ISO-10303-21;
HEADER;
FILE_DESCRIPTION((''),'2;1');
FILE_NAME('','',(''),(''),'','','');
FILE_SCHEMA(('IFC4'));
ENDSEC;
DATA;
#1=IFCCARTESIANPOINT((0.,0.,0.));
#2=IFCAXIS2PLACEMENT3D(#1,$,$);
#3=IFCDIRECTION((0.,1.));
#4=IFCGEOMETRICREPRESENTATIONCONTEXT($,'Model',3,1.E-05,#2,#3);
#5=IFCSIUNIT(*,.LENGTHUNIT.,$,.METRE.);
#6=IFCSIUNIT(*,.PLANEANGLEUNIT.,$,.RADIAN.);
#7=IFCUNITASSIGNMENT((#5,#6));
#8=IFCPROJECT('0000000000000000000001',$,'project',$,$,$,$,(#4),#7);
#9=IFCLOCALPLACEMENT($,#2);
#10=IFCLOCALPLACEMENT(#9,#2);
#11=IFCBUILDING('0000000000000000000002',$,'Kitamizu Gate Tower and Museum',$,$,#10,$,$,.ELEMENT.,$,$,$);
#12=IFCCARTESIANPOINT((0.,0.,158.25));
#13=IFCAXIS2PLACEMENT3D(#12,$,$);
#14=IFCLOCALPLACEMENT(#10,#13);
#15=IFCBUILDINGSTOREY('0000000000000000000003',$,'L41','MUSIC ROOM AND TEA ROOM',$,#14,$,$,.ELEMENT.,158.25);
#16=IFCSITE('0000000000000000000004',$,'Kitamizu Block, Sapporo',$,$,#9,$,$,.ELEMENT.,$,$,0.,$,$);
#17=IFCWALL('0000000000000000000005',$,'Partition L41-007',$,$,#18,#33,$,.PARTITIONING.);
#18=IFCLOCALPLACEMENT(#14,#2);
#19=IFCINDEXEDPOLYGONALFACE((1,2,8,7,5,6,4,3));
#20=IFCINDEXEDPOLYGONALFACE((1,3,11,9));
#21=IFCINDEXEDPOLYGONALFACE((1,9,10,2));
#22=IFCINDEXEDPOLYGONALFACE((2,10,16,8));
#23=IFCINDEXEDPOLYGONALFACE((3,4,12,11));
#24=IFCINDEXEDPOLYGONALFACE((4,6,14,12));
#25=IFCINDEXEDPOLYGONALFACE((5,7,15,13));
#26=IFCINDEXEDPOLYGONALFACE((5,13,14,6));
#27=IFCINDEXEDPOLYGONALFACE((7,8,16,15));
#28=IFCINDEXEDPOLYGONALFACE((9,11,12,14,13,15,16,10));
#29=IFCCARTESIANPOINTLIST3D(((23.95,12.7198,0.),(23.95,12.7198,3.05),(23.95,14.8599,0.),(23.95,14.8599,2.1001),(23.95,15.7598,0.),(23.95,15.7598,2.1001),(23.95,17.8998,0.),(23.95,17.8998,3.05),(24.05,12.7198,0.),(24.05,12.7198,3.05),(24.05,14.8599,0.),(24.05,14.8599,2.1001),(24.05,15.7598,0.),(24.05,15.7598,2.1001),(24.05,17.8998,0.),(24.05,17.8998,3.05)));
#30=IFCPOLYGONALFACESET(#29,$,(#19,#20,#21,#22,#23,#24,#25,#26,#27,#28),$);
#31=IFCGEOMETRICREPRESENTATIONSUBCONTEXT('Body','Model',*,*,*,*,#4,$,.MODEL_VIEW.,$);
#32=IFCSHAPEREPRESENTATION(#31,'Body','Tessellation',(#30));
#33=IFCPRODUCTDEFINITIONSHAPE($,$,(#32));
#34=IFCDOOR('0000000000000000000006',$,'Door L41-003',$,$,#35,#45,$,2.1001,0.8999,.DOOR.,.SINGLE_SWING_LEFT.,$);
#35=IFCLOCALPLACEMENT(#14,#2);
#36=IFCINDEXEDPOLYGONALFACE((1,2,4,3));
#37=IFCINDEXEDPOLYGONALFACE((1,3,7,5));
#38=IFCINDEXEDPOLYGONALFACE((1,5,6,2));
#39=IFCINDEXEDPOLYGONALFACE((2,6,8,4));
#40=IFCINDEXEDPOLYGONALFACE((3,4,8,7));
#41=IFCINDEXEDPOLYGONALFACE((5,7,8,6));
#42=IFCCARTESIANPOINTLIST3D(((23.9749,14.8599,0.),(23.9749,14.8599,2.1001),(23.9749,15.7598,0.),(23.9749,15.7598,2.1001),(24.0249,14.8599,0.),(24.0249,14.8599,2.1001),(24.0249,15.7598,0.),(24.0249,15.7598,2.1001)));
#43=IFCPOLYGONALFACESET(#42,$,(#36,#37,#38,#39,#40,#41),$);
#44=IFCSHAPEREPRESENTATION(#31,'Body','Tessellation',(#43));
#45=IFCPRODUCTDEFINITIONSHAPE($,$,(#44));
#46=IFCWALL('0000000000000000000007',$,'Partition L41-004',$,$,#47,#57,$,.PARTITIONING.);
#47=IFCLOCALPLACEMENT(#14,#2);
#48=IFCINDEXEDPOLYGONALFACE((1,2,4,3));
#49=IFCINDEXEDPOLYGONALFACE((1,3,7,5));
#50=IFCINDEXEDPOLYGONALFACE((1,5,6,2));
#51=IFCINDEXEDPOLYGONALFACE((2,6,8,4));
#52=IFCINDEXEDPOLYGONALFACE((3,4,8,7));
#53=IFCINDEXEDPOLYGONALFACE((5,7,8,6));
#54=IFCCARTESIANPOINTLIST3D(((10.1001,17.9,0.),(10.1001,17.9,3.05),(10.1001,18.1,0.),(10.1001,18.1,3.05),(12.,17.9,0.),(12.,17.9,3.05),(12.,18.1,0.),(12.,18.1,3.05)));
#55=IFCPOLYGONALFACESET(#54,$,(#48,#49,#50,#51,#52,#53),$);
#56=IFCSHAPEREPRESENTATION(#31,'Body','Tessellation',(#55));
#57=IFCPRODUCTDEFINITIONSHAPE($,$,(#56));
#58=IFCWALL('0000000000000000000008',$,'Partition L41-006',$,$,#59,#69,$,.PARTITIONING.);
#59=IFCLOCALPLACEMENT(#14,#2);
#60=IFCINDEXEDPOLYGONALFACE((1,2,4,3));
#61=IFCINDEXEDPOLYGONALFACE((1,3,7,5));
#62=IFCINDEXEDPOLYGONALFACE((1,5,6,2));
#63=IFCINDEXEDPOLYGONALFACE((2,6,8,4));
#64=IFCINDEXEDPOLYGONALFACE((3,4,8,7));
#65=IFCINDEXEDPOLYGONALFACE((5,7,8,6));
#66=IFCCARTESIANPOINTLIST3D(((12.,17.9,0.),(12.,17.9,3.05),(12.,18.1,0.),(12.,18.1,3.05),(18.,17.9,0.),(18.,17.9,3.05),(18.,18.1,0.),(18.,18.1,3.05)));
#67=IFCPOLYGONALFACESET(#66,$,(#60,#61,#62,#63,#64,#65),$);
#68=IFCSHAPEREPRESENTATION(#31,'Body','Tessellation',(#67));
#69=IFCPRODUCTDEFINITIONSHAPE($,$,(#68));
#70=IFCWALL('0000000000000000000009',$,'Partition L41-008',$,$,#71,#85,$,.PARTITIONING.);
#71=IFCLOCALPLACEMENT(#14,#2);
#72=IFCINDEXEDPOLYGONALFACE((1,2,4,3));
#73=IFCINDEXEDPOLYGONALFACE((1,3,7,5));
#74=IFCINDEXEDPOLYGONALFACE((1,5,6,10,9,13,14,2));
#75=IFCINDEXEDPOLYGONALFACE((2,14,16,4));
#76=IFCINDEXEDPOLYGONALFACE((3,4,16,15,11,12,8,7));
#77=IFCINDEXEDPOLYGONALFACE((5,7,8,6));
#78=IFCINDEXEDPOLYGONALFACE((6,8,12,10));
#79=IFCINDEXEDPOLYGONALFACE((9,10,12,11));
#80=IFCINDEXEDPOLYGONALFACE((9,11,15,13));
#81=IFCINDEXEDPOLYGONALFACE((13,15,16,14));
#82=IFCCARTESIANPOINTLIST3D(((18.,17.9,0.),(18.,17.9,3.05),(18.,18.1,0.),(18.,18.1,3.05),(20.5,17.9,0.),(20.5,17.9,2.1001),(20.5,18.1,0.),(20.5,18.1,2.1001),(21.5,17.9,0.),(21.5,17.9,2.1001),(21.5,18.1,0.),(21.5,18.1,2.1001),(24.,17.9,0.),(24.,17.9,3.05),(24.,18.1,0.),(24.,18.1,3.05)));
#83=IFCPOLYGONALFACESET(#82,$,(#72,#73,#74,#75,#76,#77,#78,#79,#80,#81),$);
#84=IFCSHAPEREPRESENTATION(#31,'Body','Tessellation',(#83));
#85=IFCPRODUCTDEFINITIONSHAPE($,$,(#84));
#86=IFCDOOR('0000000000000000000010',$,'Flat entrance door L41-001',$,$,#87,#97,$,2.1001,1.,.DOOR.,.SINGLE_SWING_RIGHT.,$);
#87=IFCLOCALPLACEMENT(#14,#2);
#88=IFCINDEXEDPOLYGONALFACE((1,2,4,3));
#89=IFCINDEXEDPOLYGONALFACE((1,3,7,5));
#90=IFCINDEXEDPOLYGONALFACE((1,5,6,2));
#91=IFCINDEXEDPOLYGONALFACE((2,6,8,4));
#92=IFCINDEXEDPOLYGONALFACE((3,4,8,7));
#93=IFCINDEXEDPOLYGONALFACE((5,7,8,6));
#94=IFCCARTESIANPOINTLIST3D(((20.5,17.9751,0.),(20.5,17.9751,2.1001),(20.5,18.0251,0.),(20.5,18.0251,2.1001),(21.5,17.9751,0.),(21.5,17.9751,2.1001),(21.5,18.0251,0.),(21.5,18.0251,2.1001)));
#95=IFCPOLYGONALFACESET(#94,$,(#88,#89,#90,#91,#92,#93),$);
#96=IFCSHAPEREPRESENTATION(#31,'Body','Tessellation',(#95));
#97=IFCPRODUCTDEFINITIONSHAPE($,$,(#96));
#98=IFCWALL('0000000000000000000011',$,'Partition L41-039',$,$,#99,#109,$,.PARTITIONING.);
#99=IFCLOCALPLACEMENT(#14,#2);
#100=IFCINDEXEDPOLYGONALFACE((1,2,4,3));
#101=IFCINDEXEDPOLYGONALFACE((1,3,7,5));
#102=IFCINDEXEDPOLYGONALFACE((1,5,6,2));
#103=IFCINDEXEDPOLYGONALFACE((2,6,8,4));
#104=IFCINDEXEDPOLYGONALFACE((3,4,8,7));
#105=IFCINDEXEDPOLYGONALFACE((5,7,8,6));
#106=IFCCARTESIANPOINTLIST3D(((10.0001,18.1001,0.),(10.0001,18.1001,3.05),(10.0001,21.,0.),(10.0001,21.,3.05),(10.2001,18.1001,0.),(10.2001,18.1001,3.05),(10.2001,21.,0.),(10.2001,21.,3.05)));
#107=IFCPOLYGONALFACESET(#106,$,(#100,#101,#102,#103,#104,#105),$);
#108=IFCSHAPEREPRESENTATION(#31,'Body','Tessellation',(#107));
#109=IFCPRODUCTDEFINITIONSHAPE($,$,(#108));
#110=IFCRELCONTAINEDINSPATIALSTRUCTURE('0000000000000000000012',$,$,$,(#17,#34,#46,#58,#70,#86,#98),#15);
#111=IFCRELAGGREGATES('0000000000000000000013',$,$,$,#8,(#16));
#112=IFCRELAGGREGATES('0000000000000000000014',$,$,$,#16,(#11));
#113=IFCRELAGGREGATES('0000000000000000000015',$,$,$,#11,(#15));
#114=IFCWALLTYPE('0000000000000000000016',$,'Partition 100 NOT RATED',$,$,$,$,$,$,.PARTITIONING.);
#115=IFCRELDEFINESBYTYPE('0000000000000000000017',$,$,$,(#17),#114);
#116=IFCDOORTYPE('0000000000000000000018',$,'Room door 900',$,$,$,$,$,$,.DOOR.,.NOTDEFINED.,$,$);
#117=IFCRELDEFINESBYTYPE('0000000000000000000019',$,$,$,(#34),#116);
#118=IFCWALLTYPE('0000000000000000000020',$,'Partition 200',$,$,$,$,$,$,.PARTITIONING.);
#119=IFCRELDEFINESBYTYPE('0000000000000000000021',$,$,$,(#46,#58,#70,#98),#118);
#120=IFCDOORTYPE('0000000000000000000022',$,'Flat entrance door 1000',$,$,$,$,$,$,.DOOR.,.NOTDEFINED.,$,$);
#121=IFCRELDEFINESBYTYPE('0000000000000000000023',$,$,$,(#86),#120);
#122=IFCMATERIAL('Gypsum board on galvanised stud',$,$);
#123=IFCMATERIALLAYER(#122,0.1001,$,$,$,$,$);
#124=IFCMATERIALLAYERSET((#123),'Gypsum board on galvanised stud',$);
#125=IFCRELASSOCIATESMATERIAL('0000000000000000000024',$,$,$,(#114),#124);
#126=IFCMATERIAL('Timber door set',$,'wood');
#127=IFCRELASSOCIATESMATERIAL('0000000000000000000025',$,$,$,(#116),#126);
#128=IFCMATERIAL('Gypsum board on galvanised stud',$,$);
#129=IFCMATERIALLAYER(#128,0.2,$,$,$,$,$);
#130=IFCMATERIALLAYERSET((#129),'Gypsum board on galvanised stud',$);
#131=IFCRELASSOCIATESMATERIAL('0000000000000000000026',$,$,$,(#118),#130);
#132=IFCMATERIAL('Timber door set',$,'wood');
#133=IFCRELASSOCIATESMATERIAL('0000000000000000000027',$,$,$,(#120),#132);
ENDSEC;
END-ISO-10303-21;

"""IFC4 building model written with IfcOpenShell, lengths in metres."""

from ifc_helpers import new_model, si_unit, direction, frame, frame_2d, origin, place, context, subcontext, project, spatial, rectangle, extrude, material, layer, layer_set, type_object, element, fill, save


model = new_model("IFC4")

# Units and contexts
model_context = context("Model", 3, precision=1e-05, world=origin(), true_north=direction((0.0, 1.0)))
body_context = subcontext(model_context, "Body", "Model", "MODEL_VIEW")
ifc_project = project(units=[si_unit("LENGTHUNIT", "METRE"), si_unit("PLANEANGLEUNIT", "RADIAN")], contexts=[model_context])

# Site, building, storey
site_placement = place(None, origin())
site = spatial("IfcSite", under=ifc_project, at=site_placement, Name="Kitamizu Block, Sapporo", CompositionType="ELEMENT", RefElevation=0.0)
building_placement = place(site_placement, origin())
building = spatial("IfcBuilding", under=site, at=building_placement, Name="Kitamizu Gate Tower and Museum", CompositionType="ELEMENT")
storey_placement = place(building_placement, frame((0.0, 0.0, 158.25)))
storey = spatial("IfcBuildingStorey", under=building, at=storey_placement, Name="L41", Description="MUSIC ROOM AND TEA ROOM", CompositionType="ELEMENT", Elevation=158.25)

# Wall, opening, door
ifc_material_1 = material(Name="Gypsum board on galvanised stud")
ifc_layer_1 = layer(ifc_material_1, 0.1001)
ifc_layer_set_1 = layer_set([ifc_layer_1], Name="Gypsum board on galvanised stud")
wall_type_1 = type_object("IfcWallType", Name="Partition 100 NOT RATED", PredefinedType="PARTITIONING", material=ifc_layer_set_1)
ifc_material_2 = material(Name="Timber door set", Category="wood")
door_type_1 = type_object("IfcDoorType", Name="Room door 900", OperationType="NOTDEFINED", PredefinedType="DOOR", material=ifc_material_2)
wall_1_placement = place(storey_placement, frame((24.0, 12.72, 0.0), z_axis=(0.0, 0.0, 1.0), x_axis=(0.0, 1.0, 0.0)))
wall_1 = element("IfcWall", 1, at=wall_1_placement, inside=storey, type_object=wall_type_1, Name="Partition L41-007", PredefinedType="PARTITIONING", context=body_context, shape_type="SweptSolid", body=[
    extrude(rectangle(XDim=5.1799, YDim=0.1001, at=frame_2d((2.5898, 0.0))), origin(), (0.0, 0.0, 1.0), 3.05),
])
opening_1_placement = place(wall_1_placement, frame((2.1399, 0.0, 0.0)))
opening_1 = element("IfcOpeningElement", 2, at=opening_1_placement, cuts=wall_1, PredefinedType="OPENING", context=body_context, shape_type="SweptSolid", body=[
    extrude(rectangle(XDim=0.8999, YDim=2.1001, at=frame_2d((0.45, 1.05))), frame((0.0, 0.0601, 0.0), z_axis=(0.0, -1.0, 0.0), x_axis=(1.0, 0.0, 0.0)), (0.0, 0.0, 1.0), 0.1201),
])
door_1_placement = place(opening_1_placement, frame((0.8999, 0.0, 0.0), x_axis=(-1.0, 0.0, 0.0)))
door_1 = element("IfcDoor", 3, at=door_1_placement, inside=storey, type_object=door_type_1, Name="Door L41-003", OperationType="SINGLE_SWING_LEFT", OverallHeight=2.1001, OverallWidth=0.8999, PredefinedType="DOOR", context=body_context, shape_type="SweptSolid", body=[
    extrude(rectangle(XDim=0.8999, YDim=2.1001, at=frame_2d((0.45, 1.05))), frame((0.0, 0.0249, 0.0), z_axis=(0.0, -1.0, 0.0), x_axis=(1.0, 0.0, 0.0)), (0.0, 0.0, 1.0), 0.05),
])
fill(opening_1, door_1)

# Walls
ifc_material_3 = material(Name="Gypsum board on galvanised stud")
ifc_layer_2 = layer(ifc_material_3, 0.2)
ifc_layer_set_2 = layer_set([ifc_layer_2], Name="Gypsum board on galvanised stud")
wall_type_2 = type_object("IfcWallType", Name="Partition 200", PredefinedType="PARTITIONING", material=ifc_layer_set_2)
wall_2_placement = place(storey_placement, frame((12.0, 18.0, 0.0), z_axis=(0.0, 0.0, 1.0), x_axis=(-1.0, 0.0, 0.0)))
element("IfcWall", 4, at=wall_2_placement, inside=storey, type_object=wall_type_2, Name="Partition L41-004", PredefinedType="PARTITIONING", context=body_context, shape_type="SweptSolid", body=[
    extrude(rectangle(XDim=1.8999, YDim=0.2, at=frame_2d((0.95, 0.0))), origin(), (0.0, 0.0, 1.0), 3.05),
])
wall_3_placement = place(storey_placement, frame((18.0, 18.0, 0.0), z_axis=(0.0, 0.0, 1.0), x_axis=(-1.0, 0.0, 0.0)))
element("IfcWall", 5, at=wall_3_placement, inside=storey, type_object=wall_type_2, Name="Partition L41-006", PredefinedType="PARTITIONING", context=body_context, shape_type="SweptSolid", body=[
    extrude(rectangle(XDim=6.0, YDim=0.2, at=frame_2d((3.0, 0.0))), origin(), (0.0, 0.0, 1.0), 3.05),
])

# Wall, opening, door
wall_4_placement = place(storey_placement, frame((24.0, 18.0, 0.0), z_axis=(0.0, 0.0, 1.0), x_axis=(-1.0, 0.0, 0.0)))
wall_4 = element("IfcWall", 6, at=wall_4_placement, inside=storey, type_object=wall_type_2, Name="Partition L41-008", PredefinedType="PARTITIONING", context=body_context, shape_type="SweptSolid", body=[
    extrude(rectangle(XDim=6.0, YDim=0.2, at=frame_2d((3.0, 0.0))), origin(), (0.0, 0.0, 1.0), 3.05),
])
opening_2_placement = place(wall_4_placement, frame((2.5, 0.0, 0.0)))
opening_2 = element("IfcOpeningElement", 7, at=opening_2_placement, cuts=wall_4, PredefinedType="OPENING", context=body_context, shape_type="SweptSolid", body=[
    extrude(rectangle(XDim=1.0, YDim=2.1001, at=frame_2d((0.5, 1.05))), frame((0.0, 0.1099, 0.0), z_axis=(0.0, -1.0, 0.0), x_axis=(1.0, 0.0, 0.0)), (0.0, 0.0, 1.0), 0.22),
])
ifc_material_4 = material(Name="Timber door set", Category="wood")
door_type_2 = type_object("IfcDoorType", Name="Flat entrance door 1000", OperationType="NOTDEFINED", PredefinedType="DOOR", material=ifc_material_4)
door_2_placement = place(opening_2_placement, origin())
door_2 = element("IfcDoor", 8, at=door_2_placement, inside=storey, type_object=door_type_2, Name="Flat entrance door L41-001", OperationType="SINGLE_SWING_RIGHT", OverallHeight=2.1001, OverallWidth=1.0, PredefinedType="DOOR", context=body_context, shape_type="SweptSolid", body=[
    extrude(rectangle(XDim=1.0, YDim=2.1001, at=frame_2d((0.5, 1.05))), frame((0.0, 0.0249, 0.0), z_axis=(0.0, -1.0, 0.0), x_axis=(1.0, 0.0, 0.0)), (0.0, 0.0, 1.0), 0.05),
])
fill(opening_2, door_2)

# Wall
wall_5_placement = place(storey_placement, frame((10.1001, 18.1001, 0.0), z_axis=(0.0, 0.0, 1.0), x_axis=(0.0, 1.0, 0.0)))
element("IfcWall", 9, at=wall_5_placement, inside=storey, type_object=wall_type_2, Name="Partition L41-039", PredefinedType="PARTITIONING", context=body_context, shape_type="SweptSolid", body=[
    extrude(rectangle(XDim=2.8999, YDim=0.2, at=frame_2d((1.45, 0.0))), origin(), (0.0, 0.0, 1.0), 3.05),
])

save(model, "model.ifc")
